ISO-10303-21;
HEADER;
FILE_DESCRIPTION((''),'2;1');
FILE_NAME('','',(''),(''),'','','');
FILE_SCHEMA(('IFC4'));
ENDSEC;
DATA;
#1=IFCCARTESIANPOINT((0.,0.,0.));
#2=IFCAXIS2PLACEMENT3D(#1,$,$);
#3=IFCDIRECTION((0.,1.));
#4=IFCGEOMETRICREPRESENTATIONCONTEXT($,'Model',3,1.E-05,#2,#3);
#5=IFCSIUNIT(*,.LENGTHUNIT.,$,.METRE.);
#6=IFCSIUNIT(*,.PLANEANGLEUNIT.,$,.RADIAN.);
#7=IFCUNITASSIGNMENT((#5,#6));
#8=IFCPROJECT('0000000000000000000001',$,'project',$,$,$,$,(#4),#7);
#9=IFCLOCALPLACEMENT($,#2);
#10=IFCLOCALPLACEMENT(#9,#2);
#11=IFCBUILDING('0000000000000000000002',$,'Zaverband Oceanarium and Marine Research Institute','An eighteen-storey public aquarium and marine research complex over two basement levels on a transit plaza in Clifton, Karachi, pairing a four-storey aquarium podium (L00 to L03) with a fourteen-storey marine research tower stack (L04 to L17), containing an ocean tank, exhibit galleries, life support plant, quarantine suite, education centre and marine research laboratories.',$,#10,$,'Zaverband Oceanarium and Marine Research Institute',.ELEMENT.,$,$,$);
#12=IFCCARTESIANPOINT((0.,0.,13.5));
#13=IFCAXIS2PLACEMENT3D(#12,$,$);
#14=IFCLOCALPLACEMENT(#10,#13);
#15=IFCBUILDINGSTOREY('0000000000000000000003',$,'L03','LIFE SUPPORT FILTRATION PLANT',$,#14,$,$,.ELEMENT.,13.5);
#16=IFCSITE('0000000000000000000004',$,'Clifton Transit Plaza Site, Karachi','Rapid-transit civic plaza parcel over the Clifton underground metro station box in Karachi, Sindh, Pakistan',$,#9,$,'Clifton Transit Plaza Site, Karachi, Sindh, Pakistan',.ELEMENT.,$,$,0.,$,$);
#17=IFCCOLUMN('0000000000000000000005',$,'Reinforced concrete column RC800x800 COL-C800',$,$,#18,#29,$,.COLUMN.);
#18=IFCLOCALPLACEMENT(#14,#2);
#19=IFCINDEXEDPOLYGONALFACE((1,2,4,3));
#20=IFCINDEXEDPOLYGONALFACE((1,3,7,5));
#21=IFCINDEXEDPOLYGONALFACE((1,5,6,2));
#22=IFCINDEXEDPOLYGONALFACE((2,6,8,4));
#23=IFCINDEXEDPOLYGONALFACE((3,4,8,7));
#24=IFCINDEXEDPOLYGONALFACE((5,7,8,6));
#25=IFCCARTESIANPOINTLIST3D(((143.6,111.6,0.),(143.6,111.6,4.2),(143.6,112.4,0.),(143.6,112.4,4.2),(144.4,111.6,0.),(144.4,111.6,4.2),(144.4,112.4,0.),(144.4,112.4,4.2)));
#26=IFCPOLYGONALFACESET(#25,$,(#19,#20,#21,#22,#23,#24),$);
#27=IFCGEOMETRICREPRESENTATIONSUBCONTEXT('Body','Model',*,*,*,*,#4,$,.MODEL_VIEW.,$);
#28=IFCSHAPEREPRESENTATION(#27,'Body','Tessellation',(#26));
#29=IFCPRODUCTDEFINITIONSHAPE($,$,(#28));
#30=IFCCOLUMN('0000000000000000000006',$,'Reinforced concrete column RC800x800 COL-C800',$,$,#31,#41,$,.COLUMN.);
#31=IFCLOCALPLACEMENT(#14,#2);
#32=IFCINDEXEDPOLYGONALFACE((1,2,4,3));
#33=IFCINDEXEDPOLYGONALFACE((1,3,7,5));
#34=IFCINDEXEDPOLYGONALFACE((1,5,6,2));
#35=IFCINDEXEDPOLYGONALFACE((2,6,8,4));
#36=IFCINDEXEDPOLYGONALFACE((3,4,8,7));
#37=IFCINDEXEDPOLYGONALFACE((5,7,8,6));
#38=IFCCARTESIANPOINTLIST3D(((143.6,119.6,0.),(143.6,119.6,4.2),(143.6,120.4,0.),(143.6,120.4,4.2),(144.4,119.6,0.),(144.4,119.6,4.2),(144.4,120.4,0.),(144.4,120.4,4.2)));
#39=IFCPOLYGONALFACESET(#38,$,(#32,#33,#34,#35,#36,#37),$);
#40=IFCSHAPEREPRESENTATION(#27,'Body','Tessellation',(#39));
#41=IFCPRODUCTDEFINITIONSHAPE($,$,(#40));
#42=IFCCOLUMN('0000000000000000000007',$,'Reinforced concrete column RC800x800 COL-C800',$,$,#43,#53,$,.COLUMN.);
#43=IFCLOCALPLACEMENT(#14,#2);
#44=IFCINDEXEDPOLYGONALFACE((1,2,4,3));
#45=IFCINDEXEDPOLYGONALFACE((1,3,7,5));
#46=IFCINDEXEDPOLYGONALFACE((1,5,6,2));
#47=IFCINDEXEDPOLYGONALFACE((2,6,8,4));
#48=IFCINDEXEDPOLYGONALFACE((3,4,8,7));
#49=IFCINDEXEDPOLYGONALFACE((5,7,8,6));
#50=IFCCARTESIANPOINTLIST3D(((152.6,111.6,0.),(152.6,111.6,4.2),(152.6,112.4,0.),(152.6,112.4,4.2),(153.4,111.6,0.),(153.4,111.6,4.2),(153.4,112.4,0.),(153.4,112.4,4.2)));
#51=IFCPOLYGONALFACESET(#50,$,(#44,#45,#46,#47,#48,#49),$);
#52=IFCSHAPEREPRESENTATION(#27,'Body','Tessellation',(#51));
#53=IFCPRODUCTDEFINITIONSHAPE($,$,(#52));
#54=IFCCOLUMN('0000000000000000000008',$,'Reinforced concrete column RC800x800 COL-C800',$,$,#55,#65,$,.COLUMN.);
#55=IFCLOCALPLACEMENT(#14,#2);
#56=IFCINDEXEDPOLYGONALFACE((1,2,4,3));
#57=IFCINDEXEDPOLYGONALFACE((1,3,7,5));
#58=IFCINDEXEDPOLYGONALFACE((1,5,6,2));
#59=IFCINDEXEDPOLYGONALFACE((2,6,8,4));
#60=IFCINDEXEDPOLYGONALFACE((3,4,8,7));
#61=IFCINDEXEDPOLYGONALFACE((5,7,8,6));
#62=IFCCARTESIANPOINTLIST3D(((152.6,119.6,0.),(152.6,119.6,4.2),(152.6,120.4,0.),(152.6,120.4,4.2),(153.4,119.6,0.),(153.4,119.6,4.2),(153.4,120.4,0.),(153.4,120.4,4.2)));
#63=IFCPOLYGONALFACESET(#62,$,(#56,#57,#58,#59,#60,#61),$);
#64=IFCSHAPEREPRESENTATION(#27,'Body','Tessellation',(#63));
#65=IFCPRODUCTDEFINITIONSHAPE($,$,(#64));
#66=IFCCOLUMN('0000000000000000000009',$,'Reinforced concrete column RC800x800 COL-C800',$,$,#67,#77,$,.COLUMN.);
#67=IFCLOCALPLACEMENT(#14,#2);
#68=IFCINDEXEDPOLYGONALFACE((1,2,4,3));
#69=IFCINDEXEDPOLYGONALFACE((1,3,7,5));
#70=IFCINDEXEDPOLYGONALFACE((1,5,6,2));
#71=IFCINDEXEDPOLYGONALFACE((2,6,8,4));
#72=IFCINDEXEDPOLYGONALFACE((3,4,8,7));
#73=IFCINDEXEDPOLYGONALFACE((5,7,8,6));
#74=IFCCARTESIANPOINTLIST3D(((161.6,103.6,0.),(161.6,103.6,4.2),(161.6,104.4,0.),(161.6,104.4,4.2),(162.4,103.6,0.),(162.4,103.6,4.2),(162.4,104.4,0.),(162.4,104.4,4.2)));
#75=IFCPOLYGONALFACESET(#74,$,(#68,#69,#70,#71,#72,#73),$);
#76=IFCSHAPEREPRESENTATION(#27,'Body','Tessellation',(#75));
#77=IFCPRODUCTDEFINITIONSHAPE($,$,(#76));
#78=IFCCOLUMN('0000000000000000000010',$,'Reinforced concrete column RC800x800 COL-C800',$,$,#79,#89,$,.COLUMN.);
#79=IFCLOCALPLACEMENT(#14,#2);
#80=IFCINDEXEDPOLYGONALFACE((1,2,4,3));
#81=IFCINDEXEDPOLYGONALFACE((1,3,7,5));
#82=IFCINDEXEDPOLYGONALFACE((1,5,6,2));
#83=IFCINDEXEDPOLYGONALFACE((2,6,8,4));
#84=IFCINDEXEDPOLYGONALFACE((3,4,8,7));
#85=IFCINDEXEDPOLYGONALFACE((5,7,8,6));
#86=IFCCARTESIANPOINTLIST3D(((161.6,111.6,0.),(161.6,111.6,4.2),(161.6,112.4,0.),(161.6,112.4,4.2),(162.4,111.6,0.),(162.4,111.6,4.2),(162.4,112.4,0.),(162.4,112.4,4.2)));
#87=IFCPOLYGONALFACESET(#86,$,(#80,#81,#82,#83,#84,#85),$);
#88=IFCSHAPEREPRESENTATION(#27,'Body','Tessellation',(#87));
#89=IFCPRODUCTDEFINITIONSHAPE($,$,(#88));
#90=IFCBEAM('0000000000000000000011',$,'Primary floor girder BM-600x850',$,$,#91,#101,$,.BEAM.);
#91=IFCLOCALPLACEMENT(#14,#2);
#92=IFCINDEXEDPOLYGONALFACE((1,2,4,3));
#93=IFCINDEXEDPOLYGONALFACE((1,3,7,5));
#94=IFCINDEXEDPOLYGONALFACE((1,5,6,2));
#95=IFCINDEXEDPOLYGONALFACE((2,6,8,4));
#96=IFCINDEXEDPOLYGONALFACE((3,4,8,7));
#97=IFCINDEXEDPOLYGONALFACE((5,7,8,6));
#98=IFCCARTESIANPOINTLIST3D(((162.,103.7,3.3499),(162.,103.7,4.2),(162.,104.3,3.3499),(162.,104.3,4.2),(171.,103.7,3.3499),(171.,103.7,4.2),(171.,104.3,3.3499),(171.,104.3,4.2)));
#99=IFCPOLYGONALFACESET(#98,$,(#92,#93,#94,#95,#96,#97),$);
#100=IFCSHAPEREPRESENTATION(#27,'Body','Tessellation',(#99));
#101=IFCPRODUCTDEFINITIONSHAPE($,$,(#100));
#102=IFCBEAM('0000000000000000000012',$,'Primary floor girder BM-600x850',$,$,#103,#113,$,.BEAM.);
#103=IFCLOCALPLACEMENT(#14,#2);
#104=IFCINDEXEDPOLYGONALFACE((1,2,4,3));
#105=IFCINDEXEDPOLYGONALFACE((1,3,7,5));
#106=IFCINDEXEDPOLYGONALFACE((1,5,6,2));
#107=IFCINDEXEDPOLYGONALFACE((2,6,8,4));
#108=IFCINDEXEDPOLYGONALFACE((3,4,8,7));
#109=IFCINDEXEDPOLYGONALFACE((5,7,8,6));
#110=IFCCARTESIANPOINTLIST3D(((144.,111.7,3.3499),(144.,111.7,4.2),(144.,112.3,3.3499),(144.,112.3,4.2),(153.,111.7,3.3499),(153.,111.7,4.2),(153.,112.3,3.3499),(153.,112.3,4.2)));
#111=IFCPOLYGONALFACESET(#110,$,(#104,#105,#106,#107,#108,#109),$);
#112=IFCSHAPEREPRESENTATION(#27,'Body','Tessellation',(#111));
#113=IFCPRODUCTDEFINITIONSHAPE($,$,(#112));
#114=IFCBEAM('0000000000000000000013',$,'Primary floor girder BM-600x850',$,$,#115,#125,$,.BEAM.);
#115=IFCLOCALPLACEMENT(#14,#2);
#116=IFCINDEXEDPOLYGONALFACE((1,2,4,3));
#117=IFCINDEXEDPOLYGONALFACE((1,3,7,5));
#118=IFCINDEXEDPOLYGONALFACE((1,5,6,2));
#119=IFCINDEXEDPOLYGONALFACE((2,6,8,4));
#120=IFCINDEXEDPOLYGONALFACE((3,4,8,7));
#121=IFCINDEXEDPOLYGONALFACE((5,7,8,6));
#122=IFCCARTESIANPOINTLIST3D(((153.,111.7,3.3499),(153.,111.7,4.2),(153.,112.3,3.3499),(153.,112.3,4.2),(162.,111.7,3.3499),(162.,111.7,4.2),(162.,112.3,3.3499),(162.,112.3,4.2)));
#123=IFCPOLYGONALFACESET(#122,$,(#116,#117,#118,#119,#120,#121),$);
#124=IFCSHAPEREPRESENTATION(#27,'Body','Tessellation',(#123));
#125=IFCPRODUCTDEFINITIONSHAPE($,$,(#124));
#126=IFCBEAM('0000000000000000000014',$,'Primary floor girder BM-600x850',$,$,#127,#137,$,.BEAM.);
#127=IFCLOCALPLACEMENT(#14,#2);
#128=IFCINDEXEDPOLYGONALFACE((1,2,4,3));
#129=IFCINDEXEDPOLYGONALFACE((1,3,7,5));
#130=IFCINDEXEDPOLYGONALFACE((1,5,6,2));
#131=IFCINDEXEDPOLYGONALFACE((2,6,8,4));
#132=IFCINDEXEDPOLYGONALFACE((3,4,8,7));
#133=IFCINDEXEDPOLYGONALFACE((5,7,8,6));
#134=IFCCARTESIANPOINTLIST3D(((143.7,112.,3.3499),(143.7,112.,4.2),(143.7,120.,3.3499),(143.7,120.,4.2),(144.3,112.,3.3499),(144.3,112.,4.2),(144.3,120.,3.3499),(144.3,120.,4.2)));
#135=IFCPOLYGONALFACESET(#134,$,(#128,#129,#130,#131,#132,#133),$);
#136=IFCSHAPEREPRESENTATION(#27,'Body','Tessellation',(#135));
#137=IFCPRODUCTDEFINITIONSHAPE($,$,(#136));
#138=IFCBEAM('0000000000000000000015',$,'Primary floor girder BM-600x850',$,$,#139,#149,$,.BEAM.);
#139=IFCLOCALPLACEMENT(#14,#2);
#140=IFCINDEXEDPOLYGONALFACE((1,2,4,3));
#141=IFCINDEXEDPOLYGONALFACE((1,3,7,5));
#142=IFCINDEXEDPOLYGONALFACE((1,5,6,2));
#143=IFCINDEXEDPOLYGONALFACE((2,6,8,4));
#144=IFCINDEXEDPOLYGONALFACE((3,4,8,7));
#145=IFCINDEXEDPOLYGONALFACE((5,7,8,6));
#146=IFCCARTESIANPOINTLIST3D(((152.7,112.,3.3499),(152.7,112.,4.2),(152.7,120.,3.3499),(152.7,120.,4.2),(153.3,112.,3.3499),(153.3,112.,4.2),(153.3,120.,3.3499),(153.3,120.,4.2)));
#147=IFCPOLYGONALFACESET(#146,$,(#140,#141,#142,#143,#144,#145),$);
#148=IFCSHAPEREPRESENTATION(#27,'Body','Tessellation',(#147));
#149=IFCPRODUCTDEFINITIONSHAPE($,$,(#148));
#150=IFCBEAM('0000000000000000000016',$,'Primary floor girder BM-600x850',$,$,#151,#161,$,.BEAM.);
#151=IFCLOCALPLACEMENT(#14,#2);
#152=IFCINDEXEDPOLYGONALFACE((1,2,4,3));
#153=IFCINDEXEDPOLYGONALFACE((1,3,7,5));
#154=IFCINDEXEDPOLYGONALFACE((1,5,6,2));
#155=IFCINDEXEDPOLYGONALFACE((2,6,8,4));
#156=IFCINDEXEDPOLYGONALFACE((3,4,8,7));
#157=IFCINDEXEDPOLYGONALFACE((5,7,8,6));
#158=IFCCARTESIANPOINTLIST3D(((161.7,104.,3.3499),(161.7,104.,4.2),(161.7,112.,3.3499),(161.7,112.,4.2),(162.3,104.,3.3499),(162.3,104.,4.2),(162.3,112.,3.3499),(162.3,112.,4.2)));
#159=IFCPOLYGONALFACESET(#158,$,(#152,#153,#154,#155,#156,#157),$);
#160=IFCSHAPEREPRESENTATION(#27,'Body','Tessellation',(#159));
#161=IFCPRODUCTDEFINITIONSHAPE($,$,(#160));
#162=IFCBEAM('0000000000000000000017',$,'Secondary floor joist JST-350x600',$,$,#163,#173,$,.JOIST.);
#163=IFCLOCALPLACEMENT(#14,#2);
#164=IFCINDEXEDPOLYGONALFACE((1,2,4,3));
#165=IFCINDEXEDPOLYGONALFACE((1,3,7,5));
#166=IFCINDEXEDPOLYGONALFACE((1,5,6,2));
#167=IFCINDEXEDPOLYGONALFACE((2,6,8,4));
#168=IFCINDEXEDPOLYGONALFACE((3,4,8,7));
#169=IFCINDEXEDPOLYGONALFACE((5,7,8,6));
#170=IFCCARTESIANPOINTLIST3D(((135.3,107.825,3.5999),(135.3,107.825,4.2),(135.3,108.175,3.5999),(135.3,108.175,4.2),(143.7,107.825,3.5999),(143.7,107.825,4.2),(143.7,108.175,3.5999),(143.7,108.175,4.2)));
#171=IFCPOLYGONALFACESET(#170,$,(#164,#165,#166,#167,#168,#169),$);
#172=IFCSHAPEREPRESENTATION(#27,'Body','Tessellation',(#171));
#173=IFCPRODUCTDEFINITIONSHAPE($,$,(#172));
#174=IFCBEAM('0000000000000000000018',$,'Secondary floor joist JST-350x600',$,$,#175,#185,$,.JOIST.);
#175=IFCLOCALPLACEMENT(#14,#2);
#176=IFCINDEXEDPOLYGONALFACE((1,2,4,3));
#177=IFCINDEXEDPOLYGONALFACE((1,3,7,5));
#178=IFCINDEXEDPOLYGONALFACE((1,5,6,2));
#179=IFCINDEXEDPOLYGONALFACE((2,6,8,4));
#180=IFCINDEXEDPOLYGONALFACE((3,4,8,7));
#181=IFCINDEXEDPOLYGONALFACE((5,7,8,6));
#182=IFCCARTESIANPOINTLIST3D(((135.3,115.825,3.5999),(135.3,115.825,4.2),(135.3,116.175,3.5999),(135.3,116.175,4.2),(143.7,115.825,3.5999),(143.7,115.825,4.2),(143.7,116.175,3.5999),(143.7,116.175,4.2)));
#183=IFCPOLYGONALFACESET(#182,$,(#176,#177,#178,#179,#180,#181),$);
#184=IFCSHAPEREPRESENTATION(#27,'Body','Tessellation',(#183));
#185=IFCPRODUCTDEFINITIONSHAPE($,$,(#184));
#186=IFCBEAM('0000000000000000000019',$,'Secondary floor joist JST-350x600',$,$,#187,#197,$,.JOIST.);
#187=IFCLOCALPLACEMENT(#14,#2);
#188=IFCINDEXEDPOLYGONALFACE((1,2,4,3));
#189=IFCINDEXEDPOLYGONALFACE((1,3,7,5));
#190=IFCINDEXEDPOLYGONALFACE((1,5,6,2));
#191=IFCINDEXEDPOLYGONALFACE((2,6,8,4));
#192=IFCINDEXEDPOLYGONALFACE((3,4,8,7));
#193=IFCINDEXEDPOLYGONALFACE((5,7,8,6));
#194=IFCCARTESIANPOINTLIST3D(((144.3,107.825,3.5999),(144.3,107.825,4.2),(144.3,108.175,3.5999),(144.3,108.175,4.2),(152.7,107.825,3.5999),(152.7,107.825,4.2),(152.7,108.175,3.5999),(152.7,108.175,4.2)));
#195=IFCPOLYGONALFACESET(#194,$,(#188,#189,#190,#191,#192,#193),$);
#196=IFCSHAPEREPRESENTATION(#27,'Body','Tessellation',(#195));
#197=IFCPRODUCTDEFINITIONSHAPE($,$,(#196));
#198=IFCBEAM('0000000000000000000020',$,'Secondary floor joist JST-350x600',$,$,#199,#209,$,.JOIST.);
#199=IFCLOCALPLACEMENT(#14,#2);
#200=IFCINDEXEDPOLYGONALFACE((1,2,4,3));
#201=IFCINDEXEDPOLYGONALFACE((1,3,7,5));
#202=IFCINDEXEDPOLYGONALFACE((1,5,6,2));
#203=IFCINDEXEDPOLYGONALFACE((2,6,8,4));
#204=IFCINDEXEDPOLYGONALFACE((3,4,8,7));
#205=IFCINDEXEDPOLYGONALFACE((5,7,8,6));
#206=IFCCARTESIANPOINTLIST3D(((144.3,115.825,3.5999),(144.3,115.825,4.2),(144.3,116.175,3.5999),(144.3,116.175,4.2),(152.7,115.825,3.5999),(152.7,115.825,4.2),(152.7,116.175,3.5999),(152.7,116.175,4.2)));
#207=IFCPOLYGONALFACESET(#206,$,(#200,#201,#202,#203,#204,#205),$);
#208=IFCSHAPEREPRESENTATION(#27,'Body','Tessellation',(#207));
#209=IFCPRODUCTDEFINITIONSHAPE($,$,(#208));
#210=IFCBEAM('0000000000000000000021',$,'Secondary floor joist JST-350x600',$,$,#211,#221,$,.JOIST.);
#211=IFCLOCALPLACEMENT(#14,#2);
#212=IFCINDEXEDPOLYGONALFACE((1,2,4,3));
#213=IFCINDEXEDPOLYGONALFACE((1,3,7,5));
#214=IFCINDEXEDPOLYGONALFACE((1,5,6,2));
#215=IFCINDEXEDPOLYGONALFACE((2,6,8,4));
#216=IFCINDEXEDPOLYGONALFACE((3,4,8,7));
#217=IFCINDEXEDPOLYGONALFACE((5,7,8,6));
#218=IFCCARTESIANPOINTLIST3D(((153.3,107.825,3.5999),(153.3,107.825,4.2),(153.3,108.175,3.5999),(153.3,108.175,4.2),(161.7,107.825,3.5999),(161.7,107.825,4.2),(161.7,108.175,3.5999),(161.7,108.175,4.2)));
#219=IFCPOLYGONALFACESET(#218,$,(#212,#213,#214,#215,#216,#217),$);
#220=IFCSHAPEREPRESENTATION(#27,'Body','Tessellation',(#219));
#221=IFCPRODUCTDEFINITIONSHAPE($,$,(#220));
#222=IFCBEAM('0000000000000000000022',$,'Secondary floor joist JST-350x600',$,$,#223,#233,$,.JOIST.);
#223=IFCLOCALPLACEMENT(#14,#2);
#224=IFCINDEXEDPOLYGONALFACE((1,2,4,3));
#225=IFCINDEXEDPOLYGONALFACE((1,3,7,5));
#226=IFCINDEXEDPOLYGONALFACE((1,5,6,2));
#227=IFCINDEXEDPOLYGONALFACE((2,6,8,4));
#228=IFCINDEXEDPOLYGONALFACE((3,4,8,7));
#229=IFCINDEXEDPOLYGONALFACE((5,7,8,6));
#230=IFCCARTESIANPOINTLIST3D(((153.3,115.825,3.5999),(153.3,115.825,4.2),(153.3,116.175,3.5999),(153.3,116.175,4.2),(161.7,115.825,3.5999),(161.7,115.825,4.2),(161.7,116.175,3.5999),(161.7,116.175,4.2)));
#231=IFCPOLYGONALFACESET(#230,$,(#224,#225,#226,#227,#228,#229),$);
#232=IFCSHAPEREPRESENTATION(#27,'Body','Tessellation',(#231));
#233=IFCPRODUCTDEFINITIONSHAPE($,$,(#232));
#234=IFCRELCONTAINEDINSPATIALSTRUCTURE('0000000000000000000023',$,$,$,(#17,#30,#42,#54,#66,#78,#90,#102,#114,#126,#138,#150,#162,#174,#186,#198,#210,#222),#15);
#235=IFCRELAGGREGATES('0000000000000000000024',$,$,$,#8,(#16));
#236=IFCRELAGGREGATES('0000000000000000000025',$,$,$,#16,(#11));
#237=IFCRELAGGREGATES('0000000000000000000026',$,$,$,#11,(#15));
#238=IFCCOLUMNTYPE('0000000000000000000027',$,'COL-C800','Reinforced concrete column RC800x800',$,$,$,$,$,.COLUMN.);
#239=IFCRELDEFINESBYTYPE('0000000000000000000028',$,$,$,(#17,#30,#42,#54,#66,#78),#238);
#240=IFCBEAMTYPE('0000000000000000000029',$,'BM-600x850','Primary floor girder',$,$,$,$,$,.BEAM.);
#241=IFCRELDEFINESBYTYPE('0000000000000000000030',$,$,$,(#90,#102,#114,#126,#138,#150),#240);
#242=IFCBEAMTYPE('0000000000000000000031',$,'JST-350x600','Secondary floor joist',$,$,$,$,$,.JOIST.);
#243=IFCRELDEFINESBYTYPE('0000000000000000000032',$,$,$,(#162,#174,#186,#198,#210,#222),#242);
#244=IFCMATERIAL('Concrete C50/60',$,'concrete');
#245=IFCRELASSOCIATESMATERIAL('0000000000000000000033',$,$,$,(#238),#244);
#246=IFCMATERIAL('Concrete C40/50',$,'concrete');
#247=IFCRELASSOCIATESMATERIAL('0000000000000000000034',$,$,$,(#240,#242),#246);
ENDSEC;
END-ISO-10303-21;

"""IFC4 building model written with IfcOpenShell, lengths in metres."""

from ifc_helpers import new_model, si_unit, direction, frame, origin, origin_2d, place, context, subcontext, project, spatial, rectangle, extrude, material, material_profile, profile_set, type_object, element, save


model = new_model("IFC4")

# Units and contexts
model_context = context("Model", 3, precision=1e-05, world=origin(), true_north=direction((0.0, 1.0)))
body_context = subcontext(model_context, "Body", "Model", "MODEL_VIEW")
ifc_project = project(units=[si_unit("LENGTHUNIT", "METRE"), si_unit("PLANEANGLEUNIT", "RADIAN")], contexts=[model_context])

# Site, building, storey
site_placement = place(None, origin())
site = spatial("IfcSite", under=ifc_project, at=site_placement, Name="Clifton Transit Plaza Site, Karachi", Description="Rapid-transit civic plaza parcel over the Clifton underground metro station box in Karachi, Sindh, Pakistan", LongName="Clifton Transit Plaza Site, Karachi, Sindh, Pakistan", CompositionType="ELEMENT", RefElevation=0.0)
building_placement = place(site_placement, origin())
building = spatial("IfcBuilding", under=site, at=building_placement, Name="Zaverband Oceanarium and Marine Research Institute", Description="An eighteen-storey public aquarium and marine research complex over two basement levels on a transit plaza in Clifton, Karachi, pairing a four-storey aquarium podium (L00 to L03) with a fourteen-storey marine research tower stack (L04 to L17), containing an ocean tank, exhibit galleries, life support plant, quarantine suite, education centre and marine research laboratories.", LongName="Zaverband Oceanarium and Marine Research Institute", CompositionType="ELEMENT")
storey_placement = place(building_placement, frame((0.0, 0.0, 13.5)))
storey = spatial("IfcBuildingStorey", under=building, at=storey_placement, Name="L03", Description="LIFE SUPPORT FILTRATION PLANT", CompositionType="ELEMENT", Elevation=13.5)

# Columns
ifc_material_1 = material(Name="Concrete C50/60", Category="concrete")
ifc_material_profile_1 = material_profile(ifc_material_1, rectangle(XDim=0.8, YDim=0.8, at=origin_2d()), Name="RC800x800")
ifc_profile_set_1 = profile_set([ifc_material_profile_1], Name="Concrete C50/60")
column_type = type_object("IfcColumnType", Name="COL-C800", Description="Reinforced concrete column RC800x800", PredefinedType="COLUMN", material=ifc_profile_set_1)
for number, where, z_axis, x_axis, name in (
    (1, (144.0, 112.0, 0.0), (0.0, 0.0, 1.0), (1.0, 0.0, 0.0), "Reinforced concrete column RC800x800 COL-C800"),
    (2, (144.0, 120.0, 0.0), (0.0, 0.0, 1.0), (1.0, 0.0, 0.0), "Reinforced concrete column RC800x800 COL-C800"),
    (3, (153.0, 112.0, 0.0), (0.0, 0.0, 1.0), (1.0, 0.0, 0.0), "Reinforced concrete column RC800x800 COL-C800"),
    (4, (153.0, 120.0, 0.0), (0.0, 0.0, 1.0), (1.0, 0.0, 0.0), "Reinforced concrete column RC800x800 COL-C800"),
    (5, (162.0, 104.0, 0.0), (0.0, 0.0, 1.0), (1.0, 0.0, 0.0), "Reinforced concrete column RC800x800 COL-C800"),
    (6, (162.0, 112.0, 0.0), (0.0, 0.0, 1.0), (1.0, 0.0, 0.0), "Reinforced concrete column RC800x800 COL-C800"),
):
    element("IfcColumn", number, at=place(storey_placement, frame(where, z_axis=z_axis, x_axis=x_axis)), inside=storey, type_object=column_type, Name=name, PredefinedType="COLUMN", context=body_context, shape_type="SweptSolid", body=[
        extrude(rectangle(XDim=0.8, YDim=0.8, at=origin_2d()), origin(), (0.0, 0.0, 1.0), 4.2),
    ])

# Beams
ifc_material_2 = material(Name="Concrete C40/50", Category="concrete")
ifc_material_profile_2 = material_profile(ifc_material_2, rectangle(XDim=0.6001, YDim=0.8501, at=origin_2d()), Name="RC600x850")
ifc_profile_set_2 = profile_set([ifc_material_profile_2], Name="Concrete C40/50")
beam_type_1 = type_object("IfcBeamType", Name="BM-600x850", Description="Primary floor girder", PredefinedType="BEAM", material=ifc_profile_set_2)
for number, where, z_axis, x_axis, name in (
    (7, (162.0, 104.0, 3.7749), (1.0, 0.0, 0.0), (0.0, 1.0, 0.0), "Primary floor girder BM-600x850"),
    (8, (144.0, 112.0, 3.7749), (1.0, 0.0, 0.0), (0.0, 1.0, 0.0), "Primary floor girder BM-600x850"),
    (9, (153.0, 112.0, 3.7749), (1.0, 0.0, 0.0), (0.0, 1.0, 0.0), "Primary floor girder BM-600x850"),
):
    element("IfcBeam", number, at=place(storey_placement, frame(where, z_axis=z_axis, x_axis=x_axis)), inside=storey, type_object=beam_type_1, Name=name, PredefinedType="BEAM", context=body_context, shape_type="SweptSolid", body=[
        extrude(rectangle(XDim=0.6001, YDim=0.8501, at=origin_2d()), origin(), (0.0, 0.0, 1.0), 9.0),
    ])
for number, where, z_axis, x_axis, name in (
    (10, (144.0, 112.0, 3.7749), (0.0, 1.0, 0.0), (-1.0, 0.0, 0.0), "Primary floor girder BM-600x850"),
    (11, (153.0, 112.0, 3.7749), (0.0, 1.0, 0.0), (-1.0, 0.0, 0.0), "Primary floor girder BM-600x850"),
    (12, (162.0, 104.0, 3.7749), (0.0, 1.0, 0.0), (-1.0, 0.0, 0.0), "Primary floor girder BM-600x850"),
):
    element("IfcBeam", number, at=place(storey_placement, frame(where, z_axis=z_axis, x_axis=x_axis)), inside=storey, type_object=beam_type_1, Name=name, PredefinedType="BEAM", context=body_context, shape_type="SweptSolid", body=[
        extrude(rectangle(XDim=0.6001, YDim=0.8501, at=origin_2d()), origin(), (0.0, 0.0, 1.0), 8.0),
    ])
ifc_material_profile_3 = material_profile(ifc_material_2, rectangle(XDim=0.3501, YDim=0.6001, at=origin_2d()), Name="RC350x600")
ifc_profile_set_3 = profile_set([ifc_material_profile_3], Name="Concrete C40/50")
beam_type_2 = type_object("IfcBeamType", Name="JST-350x600", Description="Secondary floor joist", PredefinedType="JOIST", material=ifc_profile_set_3)
for number, where, z_axis, x_axis, name in (
    (13, (135.3, 108.0, 3.8999), (1.0, 0.0, 0.0), (0.0, 1.0, 0.0), "Secondary floor joist JST-350x600"),
    (14, (135.3, 116.0, 3.8999), (1.0, 0.0, 0.0), (0.0, 1.0, 0.0), "Secondary floor joist JST-350x600"),
    (15, (144.3, 108.0, 3.8999), (1.0, 0.0, 0.0), (0.0, 1.0, 0.0), "Secondary floor joist JST-350x600"),
    (16, (144.3, 116.0, 3.8999), (1.0, 0.0, 0.0), (0.0, 1.0, 0.0), "Secondary floor joist JST-350x600"),
    (17, (153.3, 108.0, 3.8999), (1.0, 0.0, 0.0), (0.0, 1.0, 0.0), "Secondary floor joist JST-350x600"),
    (18, (153.3, 116.0, 3.8999), (1.0, 0.0, 0.0), (0.0, 1.0, 0.0), "Secondary floor joist JST-350x600"),
):
    element("IfcBeam", number, at=place(storey_placement, frame(where, z_axis=z_axis, x_axis=x_axis)), inside=storey, type_object=beam_type_2, Name=name, PredefinedType="JOIST", context=body_context, shape_type="SweptSolid", body=[
        extrude(rectangle(XDim=0.3501, YDim=0.6001, at=origin_2d()), origin(), (0.0, 0.0, 1.0), 8.3999),
    ])

save(model, "model.ifc")
